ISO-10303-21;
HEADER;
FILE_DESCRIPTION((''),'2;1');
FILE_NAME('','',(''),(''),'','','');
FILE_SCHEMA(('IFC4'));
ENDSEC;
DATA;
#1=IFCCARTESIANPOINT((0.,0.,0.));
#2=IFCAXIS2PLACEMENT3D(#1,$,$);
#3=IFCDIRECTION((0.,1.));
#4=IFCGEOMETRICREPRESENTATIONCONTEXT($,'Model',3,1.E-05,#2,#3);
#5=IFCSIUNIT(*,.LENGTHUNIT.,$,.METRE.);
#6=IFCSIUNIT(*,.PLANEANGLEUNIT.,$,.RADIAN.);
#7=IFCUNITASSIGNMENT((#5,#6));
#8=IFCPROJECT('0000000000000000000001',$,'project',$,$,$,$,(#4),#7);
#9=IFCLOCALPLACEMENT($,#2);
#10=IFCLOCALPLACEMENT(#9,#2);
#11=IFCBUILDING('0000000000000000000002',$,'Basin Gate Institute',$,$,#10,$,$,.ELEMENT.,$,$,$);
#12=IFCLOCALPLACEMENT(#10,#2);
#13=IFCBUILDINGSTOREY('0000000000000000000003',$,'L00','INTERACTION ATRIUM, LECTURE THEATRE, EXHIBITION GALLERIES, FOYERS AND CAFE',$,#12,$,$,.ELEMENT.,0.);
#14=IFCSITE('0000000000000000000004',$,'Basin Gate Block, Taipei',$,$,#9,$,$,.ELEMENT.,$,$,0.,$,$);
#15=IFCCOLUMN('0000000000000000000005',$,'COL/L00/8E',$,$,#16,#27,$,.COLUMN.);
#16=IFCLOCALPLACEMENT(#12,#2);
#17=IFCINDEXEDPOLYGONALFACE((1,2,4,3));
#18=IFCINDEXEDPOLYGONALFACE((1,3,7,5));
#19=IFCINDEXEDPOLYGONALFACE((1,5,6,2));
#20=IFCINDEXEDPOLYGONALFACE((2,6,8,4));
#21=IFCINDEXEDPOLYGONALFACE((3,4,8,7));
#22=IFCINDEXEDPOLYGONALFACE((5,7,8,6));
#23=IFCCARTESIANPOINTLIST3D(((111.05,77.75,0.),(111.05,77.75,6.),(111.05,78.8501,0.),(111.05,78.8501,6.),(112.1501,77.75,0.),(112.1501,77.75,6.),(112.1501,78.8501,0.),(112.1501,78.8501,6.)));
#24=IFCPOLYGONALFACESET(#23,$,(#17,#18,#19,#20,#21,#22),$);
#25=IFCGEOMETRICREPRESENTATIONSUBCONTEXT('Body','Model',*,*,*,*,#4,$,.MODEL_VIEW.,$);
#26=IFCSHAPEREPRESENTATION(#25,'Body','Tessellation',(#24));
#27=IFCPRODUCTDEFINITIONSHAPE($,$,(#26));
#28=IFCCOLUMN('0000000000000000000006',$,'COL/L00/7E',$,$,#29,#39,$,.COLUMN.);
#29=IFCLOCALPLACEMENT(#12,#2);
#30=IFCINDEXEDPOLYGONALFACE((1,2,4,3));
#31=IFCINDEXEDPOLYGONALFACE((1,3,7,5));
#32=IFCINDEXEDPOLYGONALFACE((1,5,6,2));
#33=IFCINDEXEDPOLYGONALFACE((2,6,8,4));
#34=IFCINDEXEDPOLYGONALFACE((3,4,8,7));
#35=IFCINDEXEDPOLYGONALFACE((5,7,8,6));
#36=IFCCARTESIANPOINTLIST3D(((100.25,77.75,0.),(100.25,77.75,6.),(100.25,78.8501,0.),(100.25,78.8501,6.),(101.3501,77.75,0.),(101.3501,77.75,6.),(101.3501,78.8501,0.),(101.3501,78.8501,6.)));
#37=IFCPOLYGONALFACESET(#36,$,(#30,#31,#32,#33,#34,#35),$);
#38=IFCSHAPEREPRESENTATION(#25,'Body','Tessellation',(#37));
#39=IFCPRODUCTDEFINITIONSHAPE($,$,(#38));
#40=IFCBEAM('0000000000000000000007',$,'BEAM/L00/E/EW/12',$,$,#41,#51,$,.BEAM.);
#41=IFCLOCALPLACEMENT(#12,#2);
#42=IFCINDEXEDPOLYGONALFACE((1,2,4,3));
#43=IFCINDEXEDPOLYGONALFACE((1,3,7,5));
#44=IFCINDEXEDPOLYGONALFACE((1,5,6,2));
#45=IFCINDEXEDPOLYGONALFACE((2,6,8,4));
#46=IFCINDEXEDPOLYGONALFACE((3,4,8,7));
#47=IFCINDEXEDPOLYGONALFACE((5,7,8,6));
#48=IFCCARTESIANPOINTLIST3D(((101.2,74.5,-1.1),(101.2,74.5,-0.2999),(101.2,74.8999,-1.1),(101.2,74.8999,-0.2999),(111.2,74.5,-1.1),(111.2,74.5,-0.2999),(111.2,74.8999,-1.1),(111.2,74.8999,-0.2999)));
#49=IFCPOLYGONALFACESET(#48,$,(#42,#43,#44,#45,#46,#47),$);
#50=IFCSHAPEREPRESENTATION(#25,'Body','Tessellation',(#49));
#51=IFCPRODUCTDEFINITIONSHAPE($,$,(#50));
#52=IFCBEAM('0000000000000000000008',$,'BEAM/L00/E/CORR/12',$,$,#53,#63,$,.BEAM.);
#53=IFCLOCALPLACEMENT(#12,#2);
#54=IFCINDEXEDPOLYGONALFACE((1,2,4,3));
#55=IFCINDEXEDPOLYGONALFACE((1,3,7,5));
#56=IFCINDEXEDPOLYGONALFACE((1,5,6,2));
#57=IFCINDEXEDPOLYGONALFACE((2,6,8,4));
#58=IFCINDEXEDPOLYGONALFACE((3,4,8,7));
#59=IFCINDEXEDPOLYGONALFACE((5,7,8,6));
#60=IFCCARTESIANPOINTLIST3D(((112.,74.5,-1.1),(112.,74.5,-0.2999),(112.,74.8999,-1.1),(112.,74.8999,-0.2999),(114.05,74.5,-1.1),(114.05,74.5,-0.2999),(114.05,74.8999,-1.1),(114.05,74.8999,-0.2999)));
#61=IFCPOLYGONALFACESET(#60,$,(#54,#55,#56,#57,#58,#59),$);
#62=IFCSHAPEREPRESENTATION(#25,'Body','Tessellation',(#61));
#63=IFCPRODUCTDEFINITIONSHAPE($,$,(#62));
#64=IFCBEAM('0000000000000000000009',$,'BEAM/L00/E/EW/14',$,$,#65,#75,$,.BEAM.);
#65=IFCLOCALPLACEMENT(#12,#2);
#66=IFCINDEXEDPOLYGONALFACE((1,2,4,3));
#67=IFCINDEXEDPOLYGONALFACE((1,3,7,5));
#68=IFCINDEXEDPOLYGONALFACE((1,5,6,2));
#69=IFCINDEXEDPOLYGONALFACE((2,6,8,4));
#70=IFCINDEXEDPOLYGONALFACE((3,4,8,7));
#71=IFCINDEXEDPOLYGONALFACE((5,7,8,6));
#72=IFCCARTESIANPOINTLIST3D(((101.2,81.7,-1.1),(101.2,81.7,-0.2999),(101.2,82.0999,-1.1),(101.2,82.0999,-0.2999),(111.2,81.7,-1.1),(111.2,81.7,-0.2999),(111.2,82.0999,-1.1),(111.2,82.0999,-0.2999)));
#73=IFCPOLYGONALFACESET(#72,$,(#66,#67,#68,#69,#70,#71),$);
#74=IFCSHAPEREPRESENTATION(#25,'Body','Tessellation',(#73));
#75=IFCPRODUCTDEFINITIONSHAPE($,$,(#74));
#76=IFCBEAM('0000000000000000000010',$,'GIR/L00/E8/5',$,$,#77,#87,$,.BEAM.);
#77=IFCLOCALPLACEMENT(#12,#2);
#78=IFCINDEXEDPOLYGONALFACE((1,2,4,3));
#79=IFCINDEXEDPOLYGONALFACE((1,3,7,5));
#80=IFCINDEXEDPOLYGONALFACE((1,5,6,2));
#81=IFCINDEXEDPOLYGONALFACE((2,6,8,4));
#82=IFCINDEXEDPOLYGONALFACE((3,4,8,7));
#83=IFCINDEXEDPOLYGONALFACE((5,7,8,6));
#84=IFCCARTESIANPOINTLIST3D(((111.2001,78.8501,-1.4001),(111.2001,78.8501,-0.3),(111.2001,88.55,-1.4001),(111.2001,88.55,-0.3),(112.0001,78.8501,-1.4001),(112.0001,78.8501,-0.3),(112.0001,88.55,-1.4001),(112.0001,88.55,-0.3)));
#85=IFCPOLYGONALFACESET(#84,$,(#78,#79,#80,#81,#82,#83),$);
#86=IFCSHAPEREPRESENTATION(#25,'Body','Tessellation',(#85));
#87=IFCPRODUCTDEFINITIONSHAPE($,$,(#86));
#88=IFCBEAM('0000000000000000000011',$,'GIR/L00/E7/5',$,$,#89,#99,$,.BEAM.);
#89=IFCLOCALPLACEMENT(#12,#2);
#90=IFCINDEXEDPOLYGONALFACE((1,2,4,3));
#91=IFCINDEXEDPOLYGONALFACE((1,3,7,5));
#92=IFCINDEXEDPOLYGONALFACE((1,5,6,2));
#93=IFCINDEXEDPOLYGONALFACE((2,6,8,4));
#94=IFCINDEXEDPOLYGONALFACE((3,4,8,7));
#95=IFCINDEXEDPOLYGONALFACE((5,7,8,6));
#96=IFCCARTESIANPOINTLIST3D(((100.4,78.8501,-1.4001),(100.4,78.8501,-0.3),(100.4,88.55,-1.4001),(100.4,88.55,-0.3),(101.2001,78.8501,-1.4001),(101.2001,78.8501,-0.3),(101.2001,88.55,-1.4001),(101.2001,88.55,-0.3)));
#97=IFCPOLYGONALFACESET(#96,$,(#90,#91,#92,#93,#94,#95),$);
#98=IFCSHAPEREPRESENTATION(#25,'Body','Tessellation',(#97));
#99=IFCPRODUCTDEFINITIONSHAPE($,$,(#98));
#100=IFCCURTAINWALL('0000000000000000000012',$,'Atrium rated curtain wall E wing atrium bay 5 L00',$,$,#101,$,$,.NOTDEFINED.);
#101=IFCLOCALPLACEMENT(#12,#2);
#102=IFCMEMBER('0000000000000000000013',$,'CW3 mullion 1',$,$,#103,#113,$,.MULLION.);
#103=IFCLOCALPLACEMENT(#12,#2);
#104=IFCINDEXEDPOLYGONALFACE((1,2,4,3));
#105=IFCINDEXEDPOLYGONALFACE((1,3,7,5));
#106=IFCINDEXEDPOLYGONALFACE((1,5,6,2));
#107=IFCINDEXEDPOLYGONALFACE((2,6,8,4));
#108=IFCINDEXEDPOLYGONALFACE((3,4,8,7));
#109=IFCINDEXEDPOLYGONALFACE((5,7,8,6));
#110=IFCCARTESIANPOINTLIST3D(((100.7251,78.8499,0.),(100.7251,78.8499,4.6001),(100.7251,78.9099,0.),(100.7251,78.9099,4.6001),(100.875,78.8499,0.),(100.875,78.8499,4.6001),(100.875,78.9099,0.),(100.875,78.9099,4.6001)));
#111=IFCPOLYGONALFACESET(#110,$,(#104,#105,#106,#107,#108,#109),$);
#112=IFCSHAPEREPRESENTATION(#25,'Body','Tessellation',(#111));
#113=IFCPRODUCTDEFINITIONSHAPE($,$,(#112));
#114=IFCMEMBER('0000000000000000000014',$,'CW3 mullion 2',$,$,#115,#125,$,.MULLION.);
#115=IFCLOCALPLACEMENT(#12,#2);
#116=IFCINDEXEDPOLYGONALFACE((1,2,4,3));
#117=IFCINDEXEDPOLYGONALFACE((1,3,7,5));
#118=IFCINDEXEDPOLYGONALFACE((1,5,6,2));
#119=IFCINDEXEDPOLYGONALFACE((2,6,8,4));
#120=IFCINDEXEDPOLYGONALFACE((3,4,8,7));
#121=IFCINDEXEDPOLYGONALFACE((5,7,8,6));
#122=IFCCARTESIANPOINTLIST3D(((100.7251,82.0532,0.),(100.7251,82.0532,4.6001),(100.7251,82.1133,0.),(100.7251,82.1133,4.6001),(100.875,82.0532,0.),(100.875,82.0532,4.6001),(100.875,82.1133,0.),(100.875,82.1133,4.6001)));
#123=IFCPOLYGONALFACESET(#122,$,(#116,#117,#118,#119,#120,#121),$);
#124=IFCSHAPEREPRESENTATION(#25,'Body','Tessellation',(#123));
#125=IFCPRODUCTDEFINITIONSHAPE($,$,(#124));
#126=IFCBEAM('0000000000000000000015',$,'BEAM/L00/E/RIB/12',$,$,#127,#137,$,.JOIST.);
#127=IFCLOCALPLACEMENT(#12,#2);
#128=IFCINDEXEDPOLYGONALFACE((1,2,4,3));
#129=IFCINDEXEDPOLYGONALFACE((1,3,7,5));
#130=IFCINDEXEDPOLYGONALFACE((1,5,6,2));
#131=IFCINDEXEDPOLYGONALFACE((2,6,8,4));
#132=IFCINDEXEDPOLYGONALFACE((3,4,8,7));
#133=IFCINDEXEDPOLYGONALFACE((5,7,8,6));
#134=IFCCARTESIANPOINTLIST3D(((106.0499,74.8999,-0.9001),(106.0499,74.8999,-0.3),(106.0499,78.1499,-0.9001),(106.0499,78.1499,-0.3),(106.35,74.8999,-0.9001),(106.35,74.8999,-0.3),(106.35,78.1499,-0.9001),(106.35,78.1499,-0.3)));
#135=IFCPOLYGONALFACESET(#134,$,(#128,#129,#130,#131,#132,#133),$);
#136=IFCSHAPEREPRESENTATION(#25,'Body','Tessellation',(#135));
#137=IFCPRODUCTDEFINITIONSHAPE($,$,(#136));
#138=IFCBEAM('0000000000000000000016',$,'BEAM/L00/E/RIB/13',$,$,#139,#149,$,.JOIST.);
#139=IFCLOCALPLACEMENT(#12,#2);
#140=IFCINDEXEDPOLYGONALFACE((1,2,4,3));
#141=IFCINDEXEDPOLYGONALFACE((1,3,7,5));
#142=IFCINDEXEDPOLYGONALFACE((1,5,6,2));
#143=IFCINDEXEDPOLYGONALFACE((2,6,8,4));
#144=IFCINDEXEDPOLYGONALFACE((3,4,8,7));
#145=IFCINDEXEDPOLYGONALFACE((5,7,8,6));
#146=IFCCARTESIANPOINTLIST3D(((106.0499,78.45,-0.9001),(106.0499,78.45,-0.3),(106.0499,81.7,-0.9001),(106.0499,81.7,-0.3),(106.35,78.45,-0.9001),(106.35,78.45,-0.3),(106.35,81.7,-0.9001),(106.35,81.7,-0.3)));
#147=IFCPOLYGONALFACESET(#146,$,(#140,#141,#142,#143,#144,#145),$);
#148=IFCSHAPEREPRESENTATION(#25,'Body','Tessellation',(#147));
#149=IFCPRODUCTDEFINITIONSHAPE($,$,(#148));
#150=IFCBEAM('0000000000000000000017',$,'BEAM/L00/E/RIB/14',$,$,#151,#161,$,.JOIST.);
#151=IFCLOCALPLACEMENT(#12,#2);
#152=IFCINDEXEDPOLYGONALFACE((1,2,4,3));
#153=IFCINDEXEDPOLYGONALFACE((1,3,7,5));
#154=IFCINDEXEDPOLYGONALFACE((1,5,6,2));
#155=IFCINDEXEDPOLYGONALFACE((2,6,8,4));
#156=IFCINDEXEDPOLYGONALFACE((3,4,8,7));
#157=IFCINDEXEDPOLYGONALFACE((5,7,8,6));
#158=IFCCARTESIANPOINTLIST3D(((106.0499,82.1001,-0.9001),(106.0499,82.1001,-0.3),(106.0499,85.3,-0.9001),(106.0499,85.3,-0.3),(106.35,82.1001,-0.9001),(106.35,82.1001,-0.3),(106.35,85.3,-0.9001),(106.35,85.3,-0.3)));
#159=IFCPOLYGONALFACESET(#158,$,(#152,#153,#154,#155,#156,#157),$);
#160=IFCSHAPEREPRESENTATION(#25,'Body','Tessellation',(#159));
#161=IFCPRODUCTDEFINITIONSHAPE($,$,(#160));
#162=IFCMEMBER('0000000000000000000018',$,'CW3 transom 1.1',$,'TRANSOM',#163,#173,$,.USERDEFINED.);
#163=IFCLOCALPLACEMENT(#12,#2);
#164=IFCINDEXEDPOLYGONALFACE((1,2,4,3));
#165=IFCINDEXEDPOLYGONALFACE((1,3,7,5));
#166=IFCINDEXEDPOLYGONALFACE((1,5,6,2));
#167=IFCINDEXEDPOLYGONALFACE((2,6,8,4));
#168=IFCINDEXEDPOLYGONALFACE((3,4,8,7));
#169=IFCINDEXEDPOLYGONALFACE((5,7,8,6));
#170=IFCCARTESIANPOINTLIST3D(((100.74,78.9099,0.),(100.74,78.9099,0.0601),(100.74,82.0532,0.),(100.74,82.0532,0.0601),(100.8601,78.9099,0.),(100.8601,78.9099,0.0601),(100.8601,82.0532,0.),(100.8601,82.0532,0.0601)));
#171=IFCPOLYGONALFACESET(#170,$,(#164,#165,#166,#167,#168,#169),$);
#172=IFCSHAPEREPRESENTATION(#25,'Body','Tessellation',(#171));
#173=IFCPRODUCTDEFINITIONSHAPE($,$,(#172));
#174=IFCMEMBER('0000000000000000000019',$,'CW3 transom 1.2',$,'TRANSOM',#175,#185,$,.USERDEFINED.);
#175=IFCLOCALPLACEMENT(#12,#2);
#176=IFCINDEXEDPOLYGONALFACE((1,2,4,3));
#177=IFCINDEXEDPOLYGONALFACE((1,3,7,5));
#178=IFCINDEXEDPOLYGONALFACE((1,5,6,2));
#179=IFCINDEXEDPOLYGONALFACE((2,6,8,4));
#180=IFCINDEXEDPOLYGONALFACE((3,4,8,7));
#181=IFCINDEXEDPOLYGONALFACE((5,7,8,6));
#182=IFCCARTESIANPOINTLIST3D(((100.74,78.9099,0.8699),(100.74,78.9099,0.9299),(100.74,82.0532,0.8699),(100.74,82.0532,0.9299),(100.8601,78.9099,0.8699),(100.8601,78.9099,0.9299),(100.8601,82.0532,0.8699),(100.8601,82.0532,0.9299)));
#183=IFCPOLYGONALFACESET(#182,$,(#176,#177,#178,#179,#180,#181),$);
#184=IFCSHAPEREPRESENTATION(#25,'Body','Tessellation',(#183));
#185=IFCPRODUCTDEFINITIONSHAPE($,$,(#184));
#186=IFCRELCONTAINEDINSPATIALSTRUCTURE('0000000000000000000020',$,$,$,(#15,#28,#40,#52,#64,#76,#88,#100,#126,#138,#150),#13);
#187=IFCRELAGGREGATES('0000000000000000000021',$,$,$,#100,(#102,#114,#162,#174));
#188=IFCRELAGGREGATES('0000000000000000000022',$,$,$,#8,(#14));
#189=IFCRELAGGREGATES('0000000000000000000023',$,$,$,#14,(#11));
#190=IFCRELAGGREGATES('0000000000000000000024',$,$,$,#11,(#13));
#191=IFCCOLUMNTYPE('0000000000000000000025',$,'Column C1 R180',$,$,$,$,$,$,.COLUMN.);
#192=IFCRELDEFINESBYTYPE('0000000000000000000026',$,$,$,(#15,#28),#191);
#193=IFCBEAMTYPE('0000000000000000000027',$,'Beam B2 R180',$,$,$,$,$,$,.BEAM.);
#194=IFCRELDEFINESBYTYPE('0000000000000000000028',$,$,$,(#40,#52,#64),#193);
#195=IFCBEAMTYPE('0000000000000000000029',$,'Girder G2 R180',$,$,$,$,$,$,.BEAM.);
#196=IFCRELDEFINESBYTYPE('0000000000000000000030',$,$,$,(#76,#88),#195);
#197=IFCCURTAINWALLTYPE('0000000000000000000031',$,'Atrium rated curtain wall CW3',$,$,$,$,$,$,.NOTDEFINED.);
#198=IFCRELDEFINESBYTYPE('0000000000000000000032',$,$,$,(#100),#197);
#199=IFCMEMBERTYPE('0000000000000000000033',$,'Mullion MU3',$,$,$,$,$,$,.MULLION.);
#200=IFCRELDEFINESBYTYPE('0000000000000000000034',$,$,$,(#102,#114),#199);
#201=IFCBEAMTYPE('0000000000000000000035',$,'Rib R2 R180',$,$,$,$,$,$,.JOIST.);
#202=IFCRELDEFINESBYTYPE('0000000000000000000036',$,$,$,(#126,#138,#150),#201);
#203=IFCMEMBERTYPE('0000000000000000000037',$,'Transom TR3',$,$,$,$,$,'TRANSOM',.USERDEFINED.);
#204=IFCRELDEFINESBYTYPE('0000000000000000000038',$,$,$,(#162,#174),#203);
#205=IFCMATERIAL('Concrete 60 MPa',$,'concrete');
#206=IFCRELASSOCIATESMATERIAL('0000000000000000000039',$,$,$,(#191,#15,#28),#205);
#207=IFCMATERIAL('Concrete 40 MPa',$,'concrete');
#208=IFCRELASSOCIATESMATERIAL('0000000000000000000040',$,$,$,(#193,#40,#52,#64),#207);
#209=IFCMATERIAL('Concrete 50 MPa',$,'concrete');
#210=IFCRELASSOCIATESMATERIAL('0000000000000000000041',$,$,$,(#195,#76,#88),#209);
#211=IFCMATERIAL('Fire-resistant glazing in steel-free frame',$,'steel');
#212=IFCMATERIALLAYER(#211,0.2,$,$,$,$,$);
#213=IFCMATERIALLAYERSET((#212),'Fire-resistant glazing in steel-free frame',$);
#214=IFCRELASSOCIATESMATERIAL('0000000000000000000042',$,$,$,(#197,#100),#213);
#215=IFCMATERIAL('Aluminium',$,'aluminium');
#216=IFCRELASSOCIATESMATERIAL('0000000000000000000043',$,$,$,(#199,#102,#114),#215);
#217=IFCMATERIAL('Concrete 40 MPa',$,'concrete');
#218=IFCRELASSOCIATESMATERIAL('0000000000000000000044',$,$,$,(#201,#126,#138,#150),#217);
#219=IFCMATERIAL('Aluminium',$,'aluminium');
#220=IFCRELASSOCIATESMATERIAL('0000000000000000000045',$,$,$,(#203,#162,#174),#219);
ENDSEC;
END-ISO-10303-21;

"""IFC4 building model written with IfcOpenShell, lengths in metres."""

from ifc_helpers import new_model, si_unit, direction, frame, origin, origin_2d, place, context, subcontext, project, spatial, rectangle, extrude, material, layer, layer_set, material_profile, profile_set, type_object, element, aggregate, save


model = new_model("IFC4")

# Units and contexts
model_context = context("Model", 3, precision=1e-05, world=origin(), true_north=direction((0.0, 1.0)))
body_context = subcontext(model_context, "Body", "Model", "MODEL_VIEW")
ifc_project = project(units=[si_unit("LENGTHUNIT", "METRE"), si_unit("PLANEANGLEUNIT", "RADIAN")], contexts=[model_context])

# Site, building, storey
site_placement = place(None, origin())
site = spatial("IfcSite", under=ifc_project, at=site_placement, Name="Basin Gate Block, Taipei", CompositionType="ELEMENT", RefElevation=0.0)
building_placement = place(site_placement, origin())
building = spatial("IfcBuilding", under=site, at=building_placement, Name="Basin Gate Institute", CompositionType="ELEMENT")
storey_placement = place(building_placement, origin())
storey = spatial("IfcBuildingStorey", under=building, at=storey_placement, Name="L00", Description="INTERACTION ATRIUM, LECTURE THEATRE, EXHIBITION GALLERIES, FOYERS AND CAFE", CompositionType="ELEMENT", Elevation=0.0)

# Columns
ifc_material_1 = material(Name="Concrete 60 MPa", Category="concrete")
ifc_material_profile_1 = material_profile(ifc_material_1, rectangle(XDim=1.1001, YDim=1.1001, at=origin_2d()), Name="Column C1 1100 x 1100")
ifc_profile_set_1 = profile_set([ifc_material_profile_1], Name="Concrete 60 MPa")
column_type = type_object("IfcColumnType", Name="Column C1 R180", PredefinedType="COLUMN", material=ifc_profile_set_1)
for number, where, z_axis, x_axis, name in (
    (1, (111.6001, 78.3, 0.0), (0.0, 0.0, 1.0), (1.0, 0.0, 0.0), "COL/L00/8E"),
    (2, (100.8, 78.3, 0.0), (0.0, 0.0, 1.0), (1.0, 0.0, 0.0), "COL/L00/7E"),
):
    element("IfcColumn", number, at=place(storey_placement, frame(where, z_axis=z_axis, x_axis=x_axis)), inside=storey, type_object=column_type, material=ifc_profile_set_1, Name=name, PredefinedType="COLUMN", context=body_context, shape_type="SweptSolid", body=[
        extrude(rectangle(XDim=1.1001, YDim=1.1001, at=origin_2d()), origin(), (0.0, 0.0, 1.0), 6.0),
    ])

# Beams
ifc_material_2 = material(Name="Concrete 40 MPa", Category="concrete")
ifc_material_profile_2 = material_profile(ifc_material_2, rectangle(XDim=0.3999, YDim=0.8, at=origin_2d()), Name="Beam B2 400 x 800")
ifc_profile_set_2 = profile_set([ifc_material_profile_2], Name="Concrete 40 MPa")
beam_type_1 = type_object("IfcBeamType", Name="Beam B2 R180", PredefinedType="BEAM", material=ifc_profile_set_2)
beam_1_placement = place(storey_placement, frame((111.2, 74.7, -0.7), z_axis=(-1.0, 0.0, 0.0), x_axis=(0.0, -1.0, 0.0)))
element("IfcBeam", 3, at=beam_1_placement, inside=storey, type_object=beam_type_1, material=ifc_profile_set_2, Name="BEAM/L00/E/EW/12", PredefinedType="BEAM", context=body_context, shape_type="SweptSolid", body=[
    extrude(rectangle(XDim=0.3999, YDim=0.8, at=origin_2d()), origin(), (0.0, 0.0, 1.0), 10.0),
])
beam_2_placement = place(storey_placement, frame((114.05, 74.7, -0.7), z_axis=(-1.0, 0.0, 0.0), x_axis=(0.0, -1.0, 0.0)))
element("IfcBeam", 4, at=beam_2_placement, inside=storey, type_object=beam_type_1, material=ifc_profile_set_2, Name="BEAM/L00/E/CORR/12", PredefinedType="BEAM", context=body_context, shape_type="SweptSolid", body=[
    extrude(rectangle(XDim=0.3999, YDim=0.8, at=origin_2d()), origin(), (0.0, 0.0, 1.0), 2.05),
])
beam_3_placement = place(storey_placement, frame((111.2, 81.8999, -0.7), z_axis=(-1.0, 0.0, 0.0), x_axis=(0.0, -1.0, 0.0)))
element("IfcBeam", 5, at=beam_3_placement, inside=storey, type_object=beam_type_1, material=ifc_profile_set_2, Name="BEAM/L00/E/EW/14", PredefinedType="BEAM", context=body_context, shape_type="SweptSolid", body=[
    extrude(rectangle(XDim=0.3999, YDim=0.8, at=origin_2d()), origin(), (0.0, 0.0, 1.0), 10.0),
])
ifc_material_3 = material(Name="Concrete 50 MPa", Category="concrete")
ifc_material_profile_3 = material_profile(ifc_material_3, rectangle(XDim=0.8, YDim=1.1001, at=origin_2d()), Name="Girder G2 800 x 1100")
ifc_profile_set_3 = profile_set([ifc_material_profile_3], Name="Concrete 50 MPa")
beam_type_2 = type_object("IfcBeamType", Name="Girder G2 R180", PredefinedType="BEAM", material=ifc_profile_set_3)
for number, where, z_axis, x_axis, name in (
    (6, (111.6001, 78.8501, -0.8501), (0.0, 1.0, 0.0), (-1.0, 0.0, 0.0), "GIR/L00/E8/5"),
    (7, (100.8, 78.8501, -0.8501), (0.0, 1.0, 0.0), (-1.0, 0.0, 0.0), "GIR/L00/E7/5"),
):
    element("IfcBeam", number, at=place(storey_placement, frame(where, z_axis=z_axis, x_axis=x_axis)), inside=storey, type_object=beam_type_2, material=ifc_profile_set_3, Name=name, PredefinedType="BEAM", context=body_context, shape_type="SweptSolid", body=[
        extrude(rectangle(XDim=0.8, YDim=1.1001, at=origin_2d()), origin(), (0.0, 0.0, 1.0), 9.7),
    ])

# Curtain wall, members
ifc_material_4 = material(Name="Fire-resistant glazing in steel-free frame", Category="steel")
ifc_layer_1 = layer(ifc_material_4, 0.2)
ifc_layer_set_1 = layer_set([ifc_layer_1], Name="Fire-resistant glazing in steel-free frame")
curtain_wall_type = type_object("IfcCurtainWallType", Name="Atrium rated curtain wall CW3", PredefinedType="NOTDEFINED", material=ifc_layer_set_1)
curtain_wall_placement = place(storey_placement, origin())
curtain_wall = element("IfcCurtainWall", 8, at=curtain_wall_placement, inside=storey, type_object=curtain_wall_type, material=ifc_layer_set_1, Name="Atrium rated curtain wall E wing atrium bay 5 L00", PredefinedType="NOTDEFINED")
ifc_material_5 = material(Name="Aluminium", Category="aluminium")
ifc_material_profile_4 = material_profile(ifc_material_5, rectangle(XDim=0.1499, YDim=0.0601, at=origin_2d()), Name="Mullion MU3 150 x 60")
ifc_profile_set_4 = profile_set([ifc_material_profile_4], Name="Aluminium")
member_type_1 = type_object("IfcMemberType", Name="Mullion MU3", PredefinedType="MULLION", material=ifc_profile_set_4)
member_1_placement = place(storey_placement, frame((100.8, 78.8799, 0.0), z_axis=(0.0, 0.0, 1.0), x_axis=(-1.0, 0.0, 0.0)))
member_1 = element("IfcMember", 9, at=member_1_placement, type_object=member_type_1, material=ifc_profile_set_4, Name="CW3 mullion 1", PredefinedType="MULLION", context=body_context, shape_type="SweptSolid", body=[
    extrude(rectangle(XDim=0.1499, YDim=0.0601, at=origin_2d()), origin(), (0.0, 0.0, 1.0), 4.6001),
])
member_2_placement = place(storey_placement, frame((100.8, 82.0833, 0.0), z_axis=(0.0, 0.0, 1.0), x_axis=(-1.0, 0.0, 0.0)))
member_2 = element("IfcMember", 10, at=member_2_placement, type_object=member_type_1, material=ifc_profile_set_4, Name="CW3 mullion 2", PredefinedType="MULLION", context=body_context, shape_type="SweptSolid", body=[
    extrude(rectangle(XDim=0.1499, YDim=0.0601, at=origin_2d()), origin(), (0.0, 0.0, 1.0), 4.6001),
])

# Beams
ifc_material_6 = material(Name="Concrete 40 MPa", Category="concrete")
ifc_material_profile_5 = material_profile(ifc_material_6, rectangle(XDim=0.3, YDim=0.6001, at=origin_2d()), Name="Rib R2 300 x 600")
ifc_profile_set_5 = profile_set([ifc_material_profile_5], Name="Concrete 40 MPa")
beam_type_3 = type_object("IfcBeamType", Name="Rib R2 R180", PredefinedType="JOIST", material=ifc_profile_set_5)
for number, where, z_axis, x_axis, name in (
    (11, (106.2, 74.8999, -0.6001), (0.0, 1.0, 0.0), (-1.0, 0.0, 0.0), "BEAM/L00/E/RIB/12"),
    (12, (106.2, 78.45, -0.6001), (0.0, 1.0, 0.0), (-1.0, 0.0, 0.0), "BEAM/L00/E/RIB/13"),
):
    element("IfcBeam", number, at=place(storey_placement, frame(where, z_axis=z_axis, x_axis=x_axis)), inside=storey, type_object=beam_type_3, material=ifc_profile_set_5, Name=name, PredefinedType="JOIST", context=body_context, shape_type="SweptSolid", body=[
        extrude(rectangle(XDim=0.3, YDim=0.6001, at=origin_2d()), origin(), (0.0, 0.0, 1.0), 3.25),
    ])
beam_4_placement = place(storey_placement, frame((106.2, 82.1001, -0.6001), z_axis=(0.0, 1.0, 0.0), x_axis=(-1.0, 0.0, 0.0)))
element("IfcBeam", 13, at=beam_4_placement, inside=storey, type_object=beam_type_3, material=ifc_profile_set_5, Name="BEAM/L00/E/RIB/14", PredefinedType="JOIST", context=body_context, shape_type="SweptSolid", body=[
    extrude(rectangle(XDim=0.3, YDim=0.6001, at=origin_2d()), origin(), (0.0, 0.0, 1.0), 3.2),
])

# Members
ifc_material_7 = material(Name="Aluminium", Category="aluminium")
ifc_material_profile_6 = material_profile(ifc_material_7, rectangle(XDim=0.1201, YDim=0.0601, at=origin_2d()), Name="Transom TR3 120 x 60")
ifc_profile_set_6 = profile_set([ifc_material_profile_6], Name="Aluminium")
member_type_2 = type_object("IfcMemberType", Name="Transom TR3", ElementType="TRANSOM", PredefinedType="USERDEFINED", material=ifc_profile_set_6)
member_3_placement = place(storey_placement, frame((100.8, 78.9099, 0.03), z_axis=(0.0, 1.0, 0.0), x_axis=(-1.0, 0.0, 0.0)))
member_3 = element("IfcMember", 14, at=member_3_placement, type_object=member_type_2, material=ifc_profile_set_6, Name="CW3 transom 1.1", ObjectType="TRANSOM", PredefinedType="USERDEFINED", context=body_context, shape_type="SweptSolid", body=[
    extrude(rectangle(XDim=0.1201, YDim=0.0601, at=origin_2d()), origin(), (0.0, 0.0, 1.0), 3.1433),
])
member_4_placement = place(storey_placement, frame((100.8, 78.9099, 0.8999), z_axis=(0.0, 1.0, 0.0), x_axis=(-1.0, 0.0, 0.0)))
member_4 = element("IfcMember", 15, at=member_4_placement, type_object=member_type_2, material=ifc_profile_set_6, Name="CW3 transom 1.2", ObjectType="TRANSOM", PredefinedType="USERDEFINED", context=body_context, shape_type="SweptSolid", body=[
    extrude(rectangle(XDim=0.1201, YDim=0.0601, at=origin_2d()), origin(), (0.0, 0.0, 1.0), 3.1433),
])

aggregate(curtain_wall, [member_1, member_2, member_3, member_4])

save(model, "model.ifc")
